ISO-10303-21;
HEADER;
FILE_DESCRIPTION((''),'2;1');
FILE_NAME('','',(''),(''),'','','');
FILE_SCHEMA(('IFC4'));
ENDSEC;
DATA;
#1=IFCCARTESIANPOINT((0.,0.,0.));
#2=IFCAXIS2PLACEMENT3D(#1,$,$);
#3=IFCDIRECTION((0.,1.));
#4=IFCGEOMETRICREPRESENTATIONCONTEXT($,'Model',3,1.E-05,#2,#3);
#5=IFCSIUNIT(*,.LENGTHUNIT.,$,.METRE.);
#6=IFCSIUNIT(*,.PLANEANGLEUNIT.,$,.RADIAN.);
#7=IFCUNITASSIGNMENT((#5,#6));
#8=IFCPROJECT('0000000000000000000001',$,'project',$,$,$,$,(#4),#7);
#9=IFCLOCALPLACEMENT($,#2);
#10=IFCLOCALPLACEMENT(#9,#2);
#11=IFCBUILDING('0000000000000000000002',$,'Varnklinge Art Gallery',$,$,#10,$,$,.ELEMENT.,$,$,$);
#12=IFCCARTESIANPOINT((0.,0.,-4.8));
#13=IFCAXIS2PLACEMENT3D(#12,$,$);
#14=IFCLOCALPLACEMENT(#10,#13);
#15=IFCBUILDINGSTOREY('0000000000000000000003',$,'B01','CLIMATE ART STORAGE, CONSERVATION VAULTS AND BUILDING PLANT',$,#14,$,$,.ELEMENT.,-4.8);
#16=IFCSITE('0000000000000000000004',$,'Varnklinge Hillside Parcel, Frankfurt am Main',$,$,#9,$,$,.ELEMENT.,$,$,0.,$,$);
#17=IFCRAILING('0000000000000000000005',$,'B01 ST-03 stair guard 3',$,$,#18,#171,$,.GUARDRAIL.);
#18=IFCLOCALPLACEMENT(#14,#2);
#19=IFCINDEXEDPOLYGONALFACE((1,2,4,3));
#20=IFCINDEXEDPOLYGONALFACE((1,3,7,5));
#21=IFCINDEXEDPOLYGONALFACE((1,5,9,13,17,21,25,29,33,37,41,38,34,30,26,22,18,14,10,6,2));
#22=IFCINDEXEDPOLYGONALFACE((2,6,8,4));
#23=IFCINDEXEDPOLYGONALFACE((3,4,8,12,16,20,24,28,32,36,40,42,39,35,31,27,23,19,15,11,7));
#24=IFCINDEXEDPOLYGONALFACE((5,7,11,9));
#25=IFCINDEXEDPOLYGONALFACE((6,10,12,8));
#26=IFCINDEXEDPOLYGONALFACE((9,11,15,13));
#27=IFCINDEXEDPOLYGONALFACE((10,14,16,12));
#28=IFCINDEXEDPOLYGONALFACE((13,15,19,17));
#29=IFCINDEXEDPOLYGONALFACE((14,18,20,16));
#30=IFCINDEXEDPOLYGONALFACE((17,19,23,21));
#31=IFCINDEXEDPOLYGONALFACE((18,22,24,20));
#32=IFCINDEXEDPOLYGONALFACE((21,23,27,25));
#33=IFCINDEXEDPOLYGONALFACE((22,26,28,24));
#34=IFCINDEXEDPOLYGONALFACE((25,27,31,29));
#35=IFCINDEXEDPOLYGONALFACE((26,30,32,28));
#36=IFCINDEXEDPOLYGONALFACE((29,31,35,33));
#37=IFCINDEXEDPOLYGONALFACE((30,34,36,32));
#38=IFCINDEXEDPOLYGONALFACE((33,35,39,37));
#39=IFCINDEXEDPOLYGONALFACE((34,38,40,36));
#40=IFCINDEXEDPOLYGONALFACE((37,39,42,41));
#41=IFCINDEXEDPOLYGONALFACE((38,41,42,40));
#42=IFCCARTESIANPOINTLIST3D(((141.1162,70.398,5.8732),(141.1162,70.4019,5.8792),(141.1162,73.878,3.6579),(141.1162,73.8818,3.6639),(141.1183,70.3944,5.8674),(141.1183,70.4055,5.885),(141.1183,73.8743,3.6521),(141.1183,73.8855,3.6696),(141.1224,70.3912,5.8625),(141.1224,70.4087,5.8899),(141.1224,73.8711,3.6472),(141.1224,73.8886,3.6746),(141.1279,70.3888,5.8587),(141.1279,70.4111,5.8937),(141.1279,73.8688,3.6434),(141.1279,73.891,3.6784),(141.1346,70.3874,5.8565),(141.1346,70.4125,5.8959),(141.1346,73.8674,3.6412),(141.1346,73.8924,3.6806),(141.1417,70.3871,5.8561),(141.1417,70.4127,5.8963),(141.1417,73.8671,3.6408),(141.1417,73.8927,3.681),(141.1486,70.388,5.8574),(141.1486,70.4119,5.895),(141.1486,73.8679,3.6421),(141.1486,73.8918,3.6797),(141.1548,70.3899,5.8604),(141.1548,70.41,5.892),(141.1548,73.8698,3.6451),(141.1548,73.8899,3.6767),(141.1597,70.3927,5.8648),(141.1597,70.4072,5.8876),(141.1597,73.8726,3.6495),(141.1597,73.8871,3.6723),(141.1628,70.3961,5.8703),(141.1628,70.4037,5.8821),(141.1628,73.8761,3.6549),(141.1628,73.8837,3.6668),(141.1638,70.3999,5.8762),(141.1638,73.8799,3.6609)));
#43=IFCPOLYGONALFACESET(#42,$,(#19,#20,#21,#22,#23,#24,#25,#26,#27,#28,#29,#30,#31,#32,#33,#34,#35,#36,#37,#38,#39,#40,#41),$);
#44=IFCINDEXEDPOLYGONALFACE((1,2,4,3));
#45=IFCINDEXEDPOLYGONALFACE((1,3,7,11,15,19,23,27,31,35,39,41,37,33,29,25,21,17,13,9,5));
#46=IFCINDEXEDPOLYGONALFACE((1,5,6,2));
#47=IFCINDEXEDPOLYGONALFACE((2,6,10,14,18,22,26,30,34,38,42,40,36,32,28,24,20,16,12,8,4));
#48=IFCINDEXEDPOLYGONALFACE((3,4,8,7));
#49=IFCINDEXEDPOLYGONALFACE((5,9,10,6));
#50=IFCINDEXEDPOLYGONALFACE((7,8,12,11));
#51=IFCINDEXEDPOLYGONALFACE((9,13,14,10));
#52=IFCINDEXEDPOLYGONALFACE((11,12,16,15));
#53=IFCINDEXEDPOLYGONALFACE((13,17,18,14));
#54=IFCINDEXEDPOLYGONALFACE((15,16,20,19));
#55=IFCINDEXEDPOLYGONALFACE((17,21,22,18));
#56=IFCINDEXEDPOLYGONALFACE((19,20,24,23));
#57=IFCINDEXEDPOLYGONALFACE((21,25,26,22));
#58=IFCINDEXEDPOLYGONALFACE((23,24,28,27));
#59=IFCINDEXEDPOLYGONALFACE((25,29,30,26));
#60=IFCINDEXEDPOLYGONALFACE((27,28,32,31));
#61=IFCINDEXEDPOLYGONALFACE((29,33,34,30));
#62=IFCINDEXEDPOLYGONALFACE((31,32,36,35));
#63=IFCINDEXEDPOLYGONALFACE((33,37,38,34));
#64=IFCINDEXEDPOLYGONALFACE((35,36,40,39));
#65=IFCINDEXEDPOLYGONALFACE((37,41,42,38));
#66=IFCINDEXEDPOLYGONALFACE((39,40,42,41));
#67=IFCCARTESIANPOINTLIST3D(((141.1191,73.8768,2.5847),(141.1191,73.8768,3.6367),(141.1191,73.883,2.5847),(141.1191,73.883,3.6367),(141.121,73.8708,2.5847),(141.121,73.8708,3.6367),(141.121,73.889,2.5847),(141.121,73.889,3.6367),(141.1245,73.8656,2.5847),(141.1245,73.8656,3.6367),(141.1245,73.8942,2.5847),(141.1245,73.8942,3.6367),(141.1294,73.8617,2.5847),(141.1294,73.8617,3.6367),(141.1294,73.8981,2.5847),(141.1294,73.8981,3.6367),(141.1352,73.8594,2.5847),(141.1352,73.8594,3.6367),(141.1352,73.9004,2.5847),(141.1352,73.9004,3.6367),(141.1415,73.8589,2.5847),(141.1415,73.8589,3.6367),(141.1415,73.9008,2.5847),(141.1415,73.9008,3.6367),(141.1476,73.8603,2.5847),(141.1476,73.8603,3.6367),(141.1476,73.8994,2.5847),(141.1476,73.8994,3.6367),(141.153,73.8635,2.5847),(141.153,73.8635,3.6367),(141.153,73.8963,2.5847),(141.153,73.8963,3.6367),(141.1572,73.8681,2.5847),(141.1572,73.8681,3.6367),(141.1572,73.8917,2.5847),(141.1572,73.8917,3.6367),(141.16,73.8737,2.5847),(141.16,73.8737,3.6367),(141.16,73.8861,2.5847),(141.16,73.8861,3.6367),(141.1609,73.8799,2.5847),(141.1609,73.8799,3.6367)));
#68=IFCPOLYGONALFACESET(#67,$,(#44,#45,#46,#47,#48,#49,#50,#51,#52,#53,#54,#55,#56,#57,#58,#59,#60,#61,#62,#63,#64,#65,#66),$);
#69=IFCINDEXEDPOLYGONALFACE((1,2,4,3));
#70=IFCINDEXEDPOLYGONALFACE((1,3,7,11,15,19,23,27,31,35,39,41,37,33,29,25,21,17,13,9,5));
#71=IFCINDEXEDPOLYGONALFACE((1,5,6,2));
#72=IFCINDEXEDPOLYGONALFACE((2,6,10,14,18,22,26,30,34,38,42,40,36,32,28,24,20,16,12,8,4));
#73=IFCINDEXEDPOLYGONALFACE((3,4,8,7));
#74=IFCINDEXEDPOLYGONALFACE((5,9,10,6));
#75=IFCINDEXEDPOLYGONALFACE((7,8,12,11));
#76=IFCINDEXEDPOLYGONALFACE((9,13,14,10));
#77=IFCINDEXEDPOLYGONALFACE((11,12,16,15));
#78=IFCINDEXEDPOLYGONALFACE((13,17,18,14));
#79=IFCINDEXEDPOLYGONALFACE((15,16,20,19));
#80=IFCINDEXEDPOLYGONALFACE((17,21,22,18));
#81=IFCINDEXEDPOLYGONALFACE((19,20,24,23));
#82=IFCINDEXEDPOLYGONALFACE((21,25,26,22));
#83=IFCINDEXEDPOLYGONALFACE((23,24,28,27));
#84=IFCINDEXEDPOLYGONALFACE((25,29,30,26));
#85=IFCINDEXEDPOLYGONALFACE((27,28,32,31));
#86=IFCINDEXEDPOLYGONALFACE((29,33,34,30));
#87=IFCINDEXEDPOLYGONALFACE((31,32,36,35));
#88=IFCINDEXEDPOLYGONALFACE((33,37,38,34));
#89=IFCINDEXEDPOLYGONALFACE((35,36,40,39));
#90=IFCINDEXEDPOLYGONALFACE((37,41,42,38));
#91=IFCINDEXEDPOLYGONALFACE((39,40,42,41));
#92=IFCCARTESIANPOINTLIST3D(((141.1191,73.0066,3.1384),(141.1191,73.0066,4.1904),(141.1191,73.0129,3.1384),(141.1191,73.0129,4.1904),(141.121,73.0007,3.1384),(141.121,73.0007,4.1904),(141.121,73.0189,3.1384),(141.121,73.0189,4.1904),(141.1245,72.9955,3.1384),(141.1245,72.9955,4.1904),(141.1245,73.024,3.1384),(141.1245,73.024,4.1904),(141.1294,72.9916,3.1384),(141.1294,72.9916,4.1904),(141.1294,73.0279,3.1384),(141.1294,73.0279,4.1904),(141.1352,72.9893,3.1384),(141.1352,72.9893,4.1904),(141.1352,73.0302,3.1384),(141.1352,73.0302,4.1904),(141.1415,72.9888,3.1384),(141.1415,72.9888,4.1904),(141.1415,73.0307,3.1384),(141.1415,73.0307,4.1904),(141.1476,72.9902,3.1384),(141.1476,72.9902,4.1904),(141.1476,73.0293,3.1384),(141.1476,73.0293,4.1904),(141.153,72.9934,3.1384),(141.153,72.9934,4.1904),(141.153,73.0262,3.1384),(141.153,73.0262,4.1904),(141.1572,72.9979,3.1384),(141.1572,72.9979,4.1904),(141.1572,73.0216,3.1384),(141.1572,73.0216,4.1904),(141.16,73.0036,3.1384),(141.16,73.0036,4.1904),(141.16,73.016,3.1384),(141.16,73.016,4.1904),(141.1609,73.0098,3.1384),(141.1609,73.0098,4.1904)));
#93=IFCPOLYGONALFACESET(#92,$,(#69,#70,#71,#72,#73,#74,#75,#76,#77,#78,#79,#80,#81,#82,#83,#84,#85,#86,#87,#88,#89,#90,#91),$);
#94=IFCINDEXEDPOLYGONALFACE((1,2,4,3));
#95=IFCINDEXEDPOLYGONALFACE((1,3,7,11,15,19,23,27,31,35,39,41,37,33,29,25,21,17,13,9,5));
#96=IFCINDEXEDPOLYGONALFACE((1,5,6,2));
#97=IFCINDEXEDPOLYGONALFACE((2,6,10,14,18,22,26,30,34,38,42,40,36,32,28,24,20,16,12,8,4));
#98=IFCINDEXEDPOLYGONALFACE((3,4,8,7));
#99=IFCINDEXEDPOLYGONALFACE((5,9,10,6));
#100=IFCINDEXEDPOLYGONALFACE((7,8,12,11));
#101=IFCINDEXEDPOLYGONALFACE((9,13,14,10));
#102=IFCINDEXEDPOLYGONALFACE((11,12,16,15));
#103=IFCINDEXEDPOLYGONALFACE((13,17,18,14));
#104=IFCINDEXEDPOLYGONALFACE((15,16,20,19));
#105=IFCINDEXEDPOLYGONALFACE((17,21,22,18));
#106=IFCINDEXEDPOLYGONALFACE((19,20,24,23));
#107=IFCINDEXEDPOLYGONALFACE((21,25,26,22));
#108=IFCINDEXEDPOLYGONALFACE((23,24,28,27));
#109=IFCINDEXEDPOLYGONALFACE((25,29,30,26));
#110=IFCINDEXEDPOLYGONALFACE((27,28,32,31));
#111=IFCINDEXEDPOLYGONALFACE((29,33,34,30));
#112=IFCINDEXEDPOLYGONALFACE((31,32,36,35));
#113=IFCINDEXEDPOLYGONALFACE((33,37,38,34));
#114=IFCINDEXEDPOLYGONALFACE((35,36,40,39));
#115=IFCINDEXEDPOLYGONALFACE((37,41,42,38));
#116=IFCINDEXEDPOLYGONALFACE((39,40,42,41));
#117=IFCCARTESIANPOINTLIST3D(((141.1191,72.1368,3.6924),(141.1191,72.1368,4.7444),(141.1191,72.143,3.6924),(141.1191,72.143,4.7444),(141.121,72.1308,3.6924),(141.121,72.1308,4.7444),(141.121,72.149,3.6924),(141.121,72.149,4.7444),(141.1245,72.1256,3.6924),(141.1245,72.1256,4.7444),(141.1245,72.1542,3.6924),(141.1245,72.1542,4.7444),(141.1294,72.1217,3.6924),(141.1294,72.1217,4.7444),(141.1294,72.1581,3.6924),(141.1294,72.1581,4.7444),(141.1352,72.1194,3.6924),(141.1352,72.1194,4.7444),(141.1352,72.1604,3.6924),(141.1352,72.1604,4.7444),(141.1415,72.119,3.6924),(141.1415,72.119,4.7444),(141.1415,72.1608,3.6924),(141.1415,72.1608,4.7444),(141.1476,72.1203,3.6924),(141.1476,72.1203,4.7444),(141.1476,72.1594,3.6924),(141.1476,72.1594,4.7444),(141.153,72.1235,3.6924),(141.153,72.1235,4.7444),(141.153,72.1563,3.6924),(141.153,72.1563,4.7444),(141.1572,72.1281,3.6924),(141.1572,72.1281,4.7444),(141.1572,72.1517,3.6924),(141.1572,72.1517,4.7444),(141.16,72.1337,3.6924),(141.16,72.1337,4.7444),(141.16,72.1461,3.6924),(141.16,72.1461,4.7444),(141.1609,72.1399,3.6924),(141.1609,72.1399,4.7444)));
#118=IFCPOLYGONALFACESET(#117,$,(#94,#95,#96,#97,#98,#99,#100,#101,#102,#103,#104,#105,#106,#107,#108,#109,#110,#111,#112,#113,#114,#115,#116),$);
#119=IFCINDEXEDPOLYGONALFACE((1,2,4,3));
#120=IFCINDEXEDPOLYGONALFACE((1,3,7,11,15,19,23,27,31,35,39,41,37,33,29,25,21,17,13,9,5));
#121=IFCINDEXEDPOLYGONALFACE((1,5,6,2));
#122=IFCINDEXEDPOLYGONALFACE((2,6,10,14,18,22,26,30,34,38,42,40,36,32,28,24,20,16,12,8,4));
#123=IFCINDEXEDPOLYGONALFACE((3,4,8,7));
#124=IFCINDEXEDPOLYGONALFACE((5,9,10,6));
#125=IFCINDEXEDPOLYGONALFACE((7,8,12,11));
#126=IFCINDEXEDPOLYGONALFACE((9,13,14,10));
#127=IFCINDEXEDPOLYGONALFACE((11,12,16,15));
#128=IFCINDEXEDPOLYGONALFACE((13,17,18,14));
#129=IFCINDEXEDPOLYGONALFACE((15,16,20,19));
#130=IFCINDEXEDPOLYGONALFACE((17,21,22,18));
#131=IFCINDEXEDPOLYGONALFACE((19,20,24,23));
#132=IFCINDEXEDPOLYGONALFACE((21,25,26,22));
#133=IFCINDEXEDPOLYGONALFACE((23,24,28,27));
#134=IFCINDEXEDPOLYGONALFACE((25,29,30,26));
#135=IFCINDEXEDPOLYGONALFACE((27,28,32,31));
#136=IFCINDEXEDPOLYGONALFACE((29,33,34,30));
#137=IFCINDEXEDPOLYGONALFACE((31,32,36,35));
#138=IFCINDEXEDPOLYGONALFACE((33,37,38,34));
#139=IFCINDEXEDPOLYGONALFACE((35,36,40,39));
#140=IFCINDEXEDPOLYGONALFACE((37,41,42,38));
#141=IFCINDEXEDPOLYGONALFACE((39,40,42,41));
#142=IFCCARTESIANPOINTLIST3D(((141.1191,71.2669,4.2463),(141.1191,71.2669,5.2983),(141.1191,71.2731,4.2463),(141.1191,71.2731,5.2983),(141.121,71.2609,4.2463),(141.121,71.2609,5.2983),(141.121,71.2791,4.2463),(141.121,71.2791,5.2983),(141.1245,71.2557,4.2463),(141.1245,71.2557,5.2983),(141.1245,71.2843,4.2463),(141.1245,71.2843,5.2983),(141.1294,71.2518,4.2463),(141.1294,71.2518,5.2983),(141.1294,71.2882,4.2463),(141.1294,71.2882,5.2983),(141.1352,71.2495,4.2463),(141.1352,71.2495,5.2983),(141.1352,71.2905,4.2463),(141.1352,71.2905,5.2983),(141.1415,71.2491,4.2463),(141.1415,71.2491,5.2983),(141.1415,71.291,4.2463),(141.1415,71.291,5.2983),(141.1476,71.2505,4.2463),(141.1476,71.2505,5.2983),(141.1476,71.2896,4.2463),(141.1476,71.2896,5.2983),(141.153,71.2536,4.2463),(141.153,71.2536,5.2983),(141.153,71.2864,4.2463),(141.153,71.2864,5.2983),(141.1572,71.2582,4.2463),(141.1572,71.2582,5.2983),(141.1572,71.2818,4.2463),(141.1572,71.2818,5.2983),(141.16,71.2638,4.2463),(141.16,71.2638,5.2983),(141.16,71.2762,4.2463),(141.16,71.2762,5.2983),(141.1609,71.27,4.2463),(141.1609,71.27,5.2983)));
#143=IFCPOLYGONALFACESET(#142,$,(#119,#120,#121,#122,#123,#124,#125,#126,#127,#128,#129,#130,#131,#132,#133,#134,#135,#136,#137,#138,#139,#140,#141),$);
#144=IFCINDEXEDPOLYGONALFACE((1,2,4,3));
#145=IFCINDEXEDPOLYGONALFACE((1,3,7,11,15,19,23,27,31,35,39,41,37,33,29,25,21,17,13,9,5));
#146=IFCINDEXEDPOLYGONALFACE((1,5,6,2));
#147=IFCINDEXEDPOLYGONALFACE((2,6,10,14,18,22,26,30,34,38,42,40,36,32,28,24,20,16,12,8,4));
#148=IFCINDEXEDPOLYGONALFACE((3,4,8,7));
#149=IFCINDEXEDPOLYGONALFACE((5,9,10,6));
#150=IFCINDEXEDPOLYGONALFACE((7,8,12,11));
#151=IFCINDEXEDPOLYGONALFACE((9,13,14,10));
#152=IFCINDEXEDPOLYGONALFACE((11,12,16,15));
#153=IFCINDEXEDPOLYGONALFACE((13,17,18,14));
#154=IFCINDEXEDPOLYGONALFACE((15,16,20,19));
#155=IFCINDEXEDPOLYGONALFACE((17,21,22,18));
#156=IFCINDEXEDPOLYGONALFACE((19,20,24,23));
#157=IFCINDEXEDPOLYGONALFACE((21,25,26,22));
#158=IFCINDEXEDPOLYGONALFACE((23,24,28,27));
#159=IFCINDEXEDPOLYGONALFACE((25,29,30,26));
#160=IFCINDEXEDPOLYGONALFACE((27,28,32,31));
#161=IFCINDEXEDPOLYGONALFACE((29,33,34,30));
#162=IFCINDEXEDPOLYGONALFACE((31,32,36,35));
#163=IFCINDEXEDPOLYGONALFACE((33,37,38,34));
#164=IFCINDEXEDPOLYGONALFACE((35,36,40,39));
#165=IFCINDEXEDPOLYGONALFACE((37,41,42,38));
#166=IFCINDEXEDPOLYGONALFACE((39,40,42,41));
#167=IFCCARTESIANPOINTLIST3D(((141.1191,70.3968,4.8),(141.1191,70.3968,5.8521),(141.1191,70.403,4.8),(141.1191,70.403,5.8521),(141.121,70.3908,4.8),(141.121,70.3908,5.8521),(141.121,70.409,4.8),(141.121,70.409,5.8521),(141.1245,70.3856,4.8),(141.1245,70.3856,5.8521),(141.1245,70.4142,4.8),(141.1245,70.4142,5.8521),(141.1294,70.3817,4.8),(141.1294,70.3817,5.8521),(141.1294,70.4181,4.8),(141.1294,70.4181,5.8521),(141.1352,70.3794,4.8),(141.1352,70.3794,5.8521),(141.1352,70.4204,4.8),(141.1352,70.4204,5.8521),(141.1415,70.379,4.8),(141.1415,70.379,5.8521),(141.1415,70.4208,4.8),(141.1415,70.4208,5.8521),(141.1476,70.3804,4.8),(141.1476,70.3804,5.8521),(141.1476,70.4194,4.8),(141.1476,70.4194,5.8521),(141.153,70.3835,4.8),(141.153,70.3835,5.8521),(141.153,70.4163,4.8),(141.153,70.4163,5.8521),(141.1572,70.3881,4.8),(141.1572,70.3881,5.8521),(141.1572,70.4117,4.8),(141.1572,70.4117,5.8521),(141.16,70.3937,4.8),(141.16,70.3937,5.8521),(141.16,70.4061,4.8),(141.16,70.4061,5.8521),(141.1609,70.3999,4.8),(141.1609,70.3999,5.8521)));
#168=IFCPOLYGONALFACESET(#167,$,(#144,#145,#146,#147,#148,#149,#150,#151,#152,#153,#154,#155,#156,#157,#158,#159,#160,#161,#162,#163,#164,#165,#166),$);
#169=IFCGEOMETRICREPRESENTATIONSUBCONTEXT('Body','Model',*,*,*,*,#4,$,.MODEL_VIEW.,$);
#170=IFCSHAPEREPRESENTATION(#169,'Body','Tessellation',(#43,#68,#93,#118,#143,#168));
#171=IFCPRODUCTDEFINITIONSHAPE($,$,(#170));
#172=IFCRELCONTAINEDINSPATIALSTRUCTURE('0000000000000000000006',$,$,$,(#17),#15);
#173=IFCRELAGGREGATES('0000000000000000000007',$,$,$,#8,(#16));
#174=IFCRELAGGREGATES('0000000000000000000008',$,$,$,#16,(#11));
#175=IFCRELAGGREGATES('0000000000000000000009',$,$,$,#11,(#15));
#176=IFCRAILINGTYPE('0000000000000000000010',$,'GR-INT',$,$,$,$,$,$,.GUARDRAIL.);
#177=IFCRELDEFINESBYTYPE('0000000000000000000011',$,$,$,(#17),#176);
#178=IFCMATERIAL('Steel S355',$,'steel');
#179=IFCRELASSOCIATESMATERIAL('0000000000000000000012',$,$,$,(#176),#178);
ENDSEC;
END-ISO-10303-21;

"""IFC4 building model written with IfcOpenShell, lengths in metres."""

from ifc_helpers import new_model, si_unit, direction, frame, origin, origin_2d, place, context, subcontext, project, spatial, circle, extrude, material, type_object, element, save


model = new_model("IFC4")

# Units and contexts
model_context = context("Model", 3, precision=1e-05, world=origin(), true_north=direction((0.0, 1.0)))
body_context = subcontext(model_context, "Body", "Model", "MODEL_VIEW")
ifc_project = project(units=[si_unit("LENGTHUNIT", "METRE"), si_unit("PLANEANGLEUNIT", "RADIAN")], contexts=[model_context])

# Site, building, storey
site_placement = place(None, origin())
site = spatial("IfcSite", under=ifc_project, at=site_placement, Name="Varnklinge Hillside Parcel, Frankfurt am Main", CompositionType="ELEMENT", RefElevation=0.0)
building_placement = place(site_placement, origin())
building = spatial("IfcBuilding", under=site, at=building_placement, Name="Varnklinge Art Gallery", CompositionType="ELEMENT")
storey_placement = place(building_placement, frame((0.0, 0.0, -4.8)))
storey = spatial("IfcBuildingStorey", under=building, at=storey_placement, Name="B01", Description="CLIMATE ART STORAGE, CONSERVATION VAULTS AND BUILDING PLANT", CompositionType="ELEMENT", Elevation=-4.8)

# Railing
ifc_material_1 = material(Name="Steel S355", Category="steel")
railing_type_1 = type_object("IfcRailingType", Name="GR-INT", PredefinedType="GUARDRAIL", material=ifc_material_1)
railing_1_placement = place(storey_placement, frame((141.1399, 73.8799, 2.5847)))
element("IfcRailing", 1, at=railing_1_placement, inside=storey, type_object=railing_type_1, Name="B01 ST-03 stair guard 3", PredefinedType="GUARDRAIL", context=body_context, shape_type="SweptSolid", body=[
    extrude(circle(Radius=0.0239, at=origin_2d()), frame((0.0, 0.0, 1.0762), z_axis=(0.0, -0.843574, 0.537013), x_axis=(1.0, 0.0, 0.0)), (0.0, 0.0, 1.0), 4.1252),
    extrude(circle(Radius=0.021, at=origin_2d()), origin(), (0.0, 0.0, 1.0), 1.052),
    extrude(circle(Radius=0.021, at=origin_2d()), frame((0.0, -0.8701, 0.5537)), (0.0, 0.0, 1.0), 1.052),
    extrude(circle(Radius=0.021, at=origin_2d()), frame((0.0, -1.74, 1.1077)), (0.0, 0.0, 1.0), 1.052),
    extrude(circle(Radius=0.021, at=origin_2d()), frame((0.0, -2.6099, 1.6616)), (0.0, 0.0, 1.0), 1.052),
    extrude(circle(Radius=0.021, at=origin_2d()), frame((0.0, -3.48, 2.2153)), (0.0, 0.0, 1.0), 1.052),
])

save(model, "model.ifc")
